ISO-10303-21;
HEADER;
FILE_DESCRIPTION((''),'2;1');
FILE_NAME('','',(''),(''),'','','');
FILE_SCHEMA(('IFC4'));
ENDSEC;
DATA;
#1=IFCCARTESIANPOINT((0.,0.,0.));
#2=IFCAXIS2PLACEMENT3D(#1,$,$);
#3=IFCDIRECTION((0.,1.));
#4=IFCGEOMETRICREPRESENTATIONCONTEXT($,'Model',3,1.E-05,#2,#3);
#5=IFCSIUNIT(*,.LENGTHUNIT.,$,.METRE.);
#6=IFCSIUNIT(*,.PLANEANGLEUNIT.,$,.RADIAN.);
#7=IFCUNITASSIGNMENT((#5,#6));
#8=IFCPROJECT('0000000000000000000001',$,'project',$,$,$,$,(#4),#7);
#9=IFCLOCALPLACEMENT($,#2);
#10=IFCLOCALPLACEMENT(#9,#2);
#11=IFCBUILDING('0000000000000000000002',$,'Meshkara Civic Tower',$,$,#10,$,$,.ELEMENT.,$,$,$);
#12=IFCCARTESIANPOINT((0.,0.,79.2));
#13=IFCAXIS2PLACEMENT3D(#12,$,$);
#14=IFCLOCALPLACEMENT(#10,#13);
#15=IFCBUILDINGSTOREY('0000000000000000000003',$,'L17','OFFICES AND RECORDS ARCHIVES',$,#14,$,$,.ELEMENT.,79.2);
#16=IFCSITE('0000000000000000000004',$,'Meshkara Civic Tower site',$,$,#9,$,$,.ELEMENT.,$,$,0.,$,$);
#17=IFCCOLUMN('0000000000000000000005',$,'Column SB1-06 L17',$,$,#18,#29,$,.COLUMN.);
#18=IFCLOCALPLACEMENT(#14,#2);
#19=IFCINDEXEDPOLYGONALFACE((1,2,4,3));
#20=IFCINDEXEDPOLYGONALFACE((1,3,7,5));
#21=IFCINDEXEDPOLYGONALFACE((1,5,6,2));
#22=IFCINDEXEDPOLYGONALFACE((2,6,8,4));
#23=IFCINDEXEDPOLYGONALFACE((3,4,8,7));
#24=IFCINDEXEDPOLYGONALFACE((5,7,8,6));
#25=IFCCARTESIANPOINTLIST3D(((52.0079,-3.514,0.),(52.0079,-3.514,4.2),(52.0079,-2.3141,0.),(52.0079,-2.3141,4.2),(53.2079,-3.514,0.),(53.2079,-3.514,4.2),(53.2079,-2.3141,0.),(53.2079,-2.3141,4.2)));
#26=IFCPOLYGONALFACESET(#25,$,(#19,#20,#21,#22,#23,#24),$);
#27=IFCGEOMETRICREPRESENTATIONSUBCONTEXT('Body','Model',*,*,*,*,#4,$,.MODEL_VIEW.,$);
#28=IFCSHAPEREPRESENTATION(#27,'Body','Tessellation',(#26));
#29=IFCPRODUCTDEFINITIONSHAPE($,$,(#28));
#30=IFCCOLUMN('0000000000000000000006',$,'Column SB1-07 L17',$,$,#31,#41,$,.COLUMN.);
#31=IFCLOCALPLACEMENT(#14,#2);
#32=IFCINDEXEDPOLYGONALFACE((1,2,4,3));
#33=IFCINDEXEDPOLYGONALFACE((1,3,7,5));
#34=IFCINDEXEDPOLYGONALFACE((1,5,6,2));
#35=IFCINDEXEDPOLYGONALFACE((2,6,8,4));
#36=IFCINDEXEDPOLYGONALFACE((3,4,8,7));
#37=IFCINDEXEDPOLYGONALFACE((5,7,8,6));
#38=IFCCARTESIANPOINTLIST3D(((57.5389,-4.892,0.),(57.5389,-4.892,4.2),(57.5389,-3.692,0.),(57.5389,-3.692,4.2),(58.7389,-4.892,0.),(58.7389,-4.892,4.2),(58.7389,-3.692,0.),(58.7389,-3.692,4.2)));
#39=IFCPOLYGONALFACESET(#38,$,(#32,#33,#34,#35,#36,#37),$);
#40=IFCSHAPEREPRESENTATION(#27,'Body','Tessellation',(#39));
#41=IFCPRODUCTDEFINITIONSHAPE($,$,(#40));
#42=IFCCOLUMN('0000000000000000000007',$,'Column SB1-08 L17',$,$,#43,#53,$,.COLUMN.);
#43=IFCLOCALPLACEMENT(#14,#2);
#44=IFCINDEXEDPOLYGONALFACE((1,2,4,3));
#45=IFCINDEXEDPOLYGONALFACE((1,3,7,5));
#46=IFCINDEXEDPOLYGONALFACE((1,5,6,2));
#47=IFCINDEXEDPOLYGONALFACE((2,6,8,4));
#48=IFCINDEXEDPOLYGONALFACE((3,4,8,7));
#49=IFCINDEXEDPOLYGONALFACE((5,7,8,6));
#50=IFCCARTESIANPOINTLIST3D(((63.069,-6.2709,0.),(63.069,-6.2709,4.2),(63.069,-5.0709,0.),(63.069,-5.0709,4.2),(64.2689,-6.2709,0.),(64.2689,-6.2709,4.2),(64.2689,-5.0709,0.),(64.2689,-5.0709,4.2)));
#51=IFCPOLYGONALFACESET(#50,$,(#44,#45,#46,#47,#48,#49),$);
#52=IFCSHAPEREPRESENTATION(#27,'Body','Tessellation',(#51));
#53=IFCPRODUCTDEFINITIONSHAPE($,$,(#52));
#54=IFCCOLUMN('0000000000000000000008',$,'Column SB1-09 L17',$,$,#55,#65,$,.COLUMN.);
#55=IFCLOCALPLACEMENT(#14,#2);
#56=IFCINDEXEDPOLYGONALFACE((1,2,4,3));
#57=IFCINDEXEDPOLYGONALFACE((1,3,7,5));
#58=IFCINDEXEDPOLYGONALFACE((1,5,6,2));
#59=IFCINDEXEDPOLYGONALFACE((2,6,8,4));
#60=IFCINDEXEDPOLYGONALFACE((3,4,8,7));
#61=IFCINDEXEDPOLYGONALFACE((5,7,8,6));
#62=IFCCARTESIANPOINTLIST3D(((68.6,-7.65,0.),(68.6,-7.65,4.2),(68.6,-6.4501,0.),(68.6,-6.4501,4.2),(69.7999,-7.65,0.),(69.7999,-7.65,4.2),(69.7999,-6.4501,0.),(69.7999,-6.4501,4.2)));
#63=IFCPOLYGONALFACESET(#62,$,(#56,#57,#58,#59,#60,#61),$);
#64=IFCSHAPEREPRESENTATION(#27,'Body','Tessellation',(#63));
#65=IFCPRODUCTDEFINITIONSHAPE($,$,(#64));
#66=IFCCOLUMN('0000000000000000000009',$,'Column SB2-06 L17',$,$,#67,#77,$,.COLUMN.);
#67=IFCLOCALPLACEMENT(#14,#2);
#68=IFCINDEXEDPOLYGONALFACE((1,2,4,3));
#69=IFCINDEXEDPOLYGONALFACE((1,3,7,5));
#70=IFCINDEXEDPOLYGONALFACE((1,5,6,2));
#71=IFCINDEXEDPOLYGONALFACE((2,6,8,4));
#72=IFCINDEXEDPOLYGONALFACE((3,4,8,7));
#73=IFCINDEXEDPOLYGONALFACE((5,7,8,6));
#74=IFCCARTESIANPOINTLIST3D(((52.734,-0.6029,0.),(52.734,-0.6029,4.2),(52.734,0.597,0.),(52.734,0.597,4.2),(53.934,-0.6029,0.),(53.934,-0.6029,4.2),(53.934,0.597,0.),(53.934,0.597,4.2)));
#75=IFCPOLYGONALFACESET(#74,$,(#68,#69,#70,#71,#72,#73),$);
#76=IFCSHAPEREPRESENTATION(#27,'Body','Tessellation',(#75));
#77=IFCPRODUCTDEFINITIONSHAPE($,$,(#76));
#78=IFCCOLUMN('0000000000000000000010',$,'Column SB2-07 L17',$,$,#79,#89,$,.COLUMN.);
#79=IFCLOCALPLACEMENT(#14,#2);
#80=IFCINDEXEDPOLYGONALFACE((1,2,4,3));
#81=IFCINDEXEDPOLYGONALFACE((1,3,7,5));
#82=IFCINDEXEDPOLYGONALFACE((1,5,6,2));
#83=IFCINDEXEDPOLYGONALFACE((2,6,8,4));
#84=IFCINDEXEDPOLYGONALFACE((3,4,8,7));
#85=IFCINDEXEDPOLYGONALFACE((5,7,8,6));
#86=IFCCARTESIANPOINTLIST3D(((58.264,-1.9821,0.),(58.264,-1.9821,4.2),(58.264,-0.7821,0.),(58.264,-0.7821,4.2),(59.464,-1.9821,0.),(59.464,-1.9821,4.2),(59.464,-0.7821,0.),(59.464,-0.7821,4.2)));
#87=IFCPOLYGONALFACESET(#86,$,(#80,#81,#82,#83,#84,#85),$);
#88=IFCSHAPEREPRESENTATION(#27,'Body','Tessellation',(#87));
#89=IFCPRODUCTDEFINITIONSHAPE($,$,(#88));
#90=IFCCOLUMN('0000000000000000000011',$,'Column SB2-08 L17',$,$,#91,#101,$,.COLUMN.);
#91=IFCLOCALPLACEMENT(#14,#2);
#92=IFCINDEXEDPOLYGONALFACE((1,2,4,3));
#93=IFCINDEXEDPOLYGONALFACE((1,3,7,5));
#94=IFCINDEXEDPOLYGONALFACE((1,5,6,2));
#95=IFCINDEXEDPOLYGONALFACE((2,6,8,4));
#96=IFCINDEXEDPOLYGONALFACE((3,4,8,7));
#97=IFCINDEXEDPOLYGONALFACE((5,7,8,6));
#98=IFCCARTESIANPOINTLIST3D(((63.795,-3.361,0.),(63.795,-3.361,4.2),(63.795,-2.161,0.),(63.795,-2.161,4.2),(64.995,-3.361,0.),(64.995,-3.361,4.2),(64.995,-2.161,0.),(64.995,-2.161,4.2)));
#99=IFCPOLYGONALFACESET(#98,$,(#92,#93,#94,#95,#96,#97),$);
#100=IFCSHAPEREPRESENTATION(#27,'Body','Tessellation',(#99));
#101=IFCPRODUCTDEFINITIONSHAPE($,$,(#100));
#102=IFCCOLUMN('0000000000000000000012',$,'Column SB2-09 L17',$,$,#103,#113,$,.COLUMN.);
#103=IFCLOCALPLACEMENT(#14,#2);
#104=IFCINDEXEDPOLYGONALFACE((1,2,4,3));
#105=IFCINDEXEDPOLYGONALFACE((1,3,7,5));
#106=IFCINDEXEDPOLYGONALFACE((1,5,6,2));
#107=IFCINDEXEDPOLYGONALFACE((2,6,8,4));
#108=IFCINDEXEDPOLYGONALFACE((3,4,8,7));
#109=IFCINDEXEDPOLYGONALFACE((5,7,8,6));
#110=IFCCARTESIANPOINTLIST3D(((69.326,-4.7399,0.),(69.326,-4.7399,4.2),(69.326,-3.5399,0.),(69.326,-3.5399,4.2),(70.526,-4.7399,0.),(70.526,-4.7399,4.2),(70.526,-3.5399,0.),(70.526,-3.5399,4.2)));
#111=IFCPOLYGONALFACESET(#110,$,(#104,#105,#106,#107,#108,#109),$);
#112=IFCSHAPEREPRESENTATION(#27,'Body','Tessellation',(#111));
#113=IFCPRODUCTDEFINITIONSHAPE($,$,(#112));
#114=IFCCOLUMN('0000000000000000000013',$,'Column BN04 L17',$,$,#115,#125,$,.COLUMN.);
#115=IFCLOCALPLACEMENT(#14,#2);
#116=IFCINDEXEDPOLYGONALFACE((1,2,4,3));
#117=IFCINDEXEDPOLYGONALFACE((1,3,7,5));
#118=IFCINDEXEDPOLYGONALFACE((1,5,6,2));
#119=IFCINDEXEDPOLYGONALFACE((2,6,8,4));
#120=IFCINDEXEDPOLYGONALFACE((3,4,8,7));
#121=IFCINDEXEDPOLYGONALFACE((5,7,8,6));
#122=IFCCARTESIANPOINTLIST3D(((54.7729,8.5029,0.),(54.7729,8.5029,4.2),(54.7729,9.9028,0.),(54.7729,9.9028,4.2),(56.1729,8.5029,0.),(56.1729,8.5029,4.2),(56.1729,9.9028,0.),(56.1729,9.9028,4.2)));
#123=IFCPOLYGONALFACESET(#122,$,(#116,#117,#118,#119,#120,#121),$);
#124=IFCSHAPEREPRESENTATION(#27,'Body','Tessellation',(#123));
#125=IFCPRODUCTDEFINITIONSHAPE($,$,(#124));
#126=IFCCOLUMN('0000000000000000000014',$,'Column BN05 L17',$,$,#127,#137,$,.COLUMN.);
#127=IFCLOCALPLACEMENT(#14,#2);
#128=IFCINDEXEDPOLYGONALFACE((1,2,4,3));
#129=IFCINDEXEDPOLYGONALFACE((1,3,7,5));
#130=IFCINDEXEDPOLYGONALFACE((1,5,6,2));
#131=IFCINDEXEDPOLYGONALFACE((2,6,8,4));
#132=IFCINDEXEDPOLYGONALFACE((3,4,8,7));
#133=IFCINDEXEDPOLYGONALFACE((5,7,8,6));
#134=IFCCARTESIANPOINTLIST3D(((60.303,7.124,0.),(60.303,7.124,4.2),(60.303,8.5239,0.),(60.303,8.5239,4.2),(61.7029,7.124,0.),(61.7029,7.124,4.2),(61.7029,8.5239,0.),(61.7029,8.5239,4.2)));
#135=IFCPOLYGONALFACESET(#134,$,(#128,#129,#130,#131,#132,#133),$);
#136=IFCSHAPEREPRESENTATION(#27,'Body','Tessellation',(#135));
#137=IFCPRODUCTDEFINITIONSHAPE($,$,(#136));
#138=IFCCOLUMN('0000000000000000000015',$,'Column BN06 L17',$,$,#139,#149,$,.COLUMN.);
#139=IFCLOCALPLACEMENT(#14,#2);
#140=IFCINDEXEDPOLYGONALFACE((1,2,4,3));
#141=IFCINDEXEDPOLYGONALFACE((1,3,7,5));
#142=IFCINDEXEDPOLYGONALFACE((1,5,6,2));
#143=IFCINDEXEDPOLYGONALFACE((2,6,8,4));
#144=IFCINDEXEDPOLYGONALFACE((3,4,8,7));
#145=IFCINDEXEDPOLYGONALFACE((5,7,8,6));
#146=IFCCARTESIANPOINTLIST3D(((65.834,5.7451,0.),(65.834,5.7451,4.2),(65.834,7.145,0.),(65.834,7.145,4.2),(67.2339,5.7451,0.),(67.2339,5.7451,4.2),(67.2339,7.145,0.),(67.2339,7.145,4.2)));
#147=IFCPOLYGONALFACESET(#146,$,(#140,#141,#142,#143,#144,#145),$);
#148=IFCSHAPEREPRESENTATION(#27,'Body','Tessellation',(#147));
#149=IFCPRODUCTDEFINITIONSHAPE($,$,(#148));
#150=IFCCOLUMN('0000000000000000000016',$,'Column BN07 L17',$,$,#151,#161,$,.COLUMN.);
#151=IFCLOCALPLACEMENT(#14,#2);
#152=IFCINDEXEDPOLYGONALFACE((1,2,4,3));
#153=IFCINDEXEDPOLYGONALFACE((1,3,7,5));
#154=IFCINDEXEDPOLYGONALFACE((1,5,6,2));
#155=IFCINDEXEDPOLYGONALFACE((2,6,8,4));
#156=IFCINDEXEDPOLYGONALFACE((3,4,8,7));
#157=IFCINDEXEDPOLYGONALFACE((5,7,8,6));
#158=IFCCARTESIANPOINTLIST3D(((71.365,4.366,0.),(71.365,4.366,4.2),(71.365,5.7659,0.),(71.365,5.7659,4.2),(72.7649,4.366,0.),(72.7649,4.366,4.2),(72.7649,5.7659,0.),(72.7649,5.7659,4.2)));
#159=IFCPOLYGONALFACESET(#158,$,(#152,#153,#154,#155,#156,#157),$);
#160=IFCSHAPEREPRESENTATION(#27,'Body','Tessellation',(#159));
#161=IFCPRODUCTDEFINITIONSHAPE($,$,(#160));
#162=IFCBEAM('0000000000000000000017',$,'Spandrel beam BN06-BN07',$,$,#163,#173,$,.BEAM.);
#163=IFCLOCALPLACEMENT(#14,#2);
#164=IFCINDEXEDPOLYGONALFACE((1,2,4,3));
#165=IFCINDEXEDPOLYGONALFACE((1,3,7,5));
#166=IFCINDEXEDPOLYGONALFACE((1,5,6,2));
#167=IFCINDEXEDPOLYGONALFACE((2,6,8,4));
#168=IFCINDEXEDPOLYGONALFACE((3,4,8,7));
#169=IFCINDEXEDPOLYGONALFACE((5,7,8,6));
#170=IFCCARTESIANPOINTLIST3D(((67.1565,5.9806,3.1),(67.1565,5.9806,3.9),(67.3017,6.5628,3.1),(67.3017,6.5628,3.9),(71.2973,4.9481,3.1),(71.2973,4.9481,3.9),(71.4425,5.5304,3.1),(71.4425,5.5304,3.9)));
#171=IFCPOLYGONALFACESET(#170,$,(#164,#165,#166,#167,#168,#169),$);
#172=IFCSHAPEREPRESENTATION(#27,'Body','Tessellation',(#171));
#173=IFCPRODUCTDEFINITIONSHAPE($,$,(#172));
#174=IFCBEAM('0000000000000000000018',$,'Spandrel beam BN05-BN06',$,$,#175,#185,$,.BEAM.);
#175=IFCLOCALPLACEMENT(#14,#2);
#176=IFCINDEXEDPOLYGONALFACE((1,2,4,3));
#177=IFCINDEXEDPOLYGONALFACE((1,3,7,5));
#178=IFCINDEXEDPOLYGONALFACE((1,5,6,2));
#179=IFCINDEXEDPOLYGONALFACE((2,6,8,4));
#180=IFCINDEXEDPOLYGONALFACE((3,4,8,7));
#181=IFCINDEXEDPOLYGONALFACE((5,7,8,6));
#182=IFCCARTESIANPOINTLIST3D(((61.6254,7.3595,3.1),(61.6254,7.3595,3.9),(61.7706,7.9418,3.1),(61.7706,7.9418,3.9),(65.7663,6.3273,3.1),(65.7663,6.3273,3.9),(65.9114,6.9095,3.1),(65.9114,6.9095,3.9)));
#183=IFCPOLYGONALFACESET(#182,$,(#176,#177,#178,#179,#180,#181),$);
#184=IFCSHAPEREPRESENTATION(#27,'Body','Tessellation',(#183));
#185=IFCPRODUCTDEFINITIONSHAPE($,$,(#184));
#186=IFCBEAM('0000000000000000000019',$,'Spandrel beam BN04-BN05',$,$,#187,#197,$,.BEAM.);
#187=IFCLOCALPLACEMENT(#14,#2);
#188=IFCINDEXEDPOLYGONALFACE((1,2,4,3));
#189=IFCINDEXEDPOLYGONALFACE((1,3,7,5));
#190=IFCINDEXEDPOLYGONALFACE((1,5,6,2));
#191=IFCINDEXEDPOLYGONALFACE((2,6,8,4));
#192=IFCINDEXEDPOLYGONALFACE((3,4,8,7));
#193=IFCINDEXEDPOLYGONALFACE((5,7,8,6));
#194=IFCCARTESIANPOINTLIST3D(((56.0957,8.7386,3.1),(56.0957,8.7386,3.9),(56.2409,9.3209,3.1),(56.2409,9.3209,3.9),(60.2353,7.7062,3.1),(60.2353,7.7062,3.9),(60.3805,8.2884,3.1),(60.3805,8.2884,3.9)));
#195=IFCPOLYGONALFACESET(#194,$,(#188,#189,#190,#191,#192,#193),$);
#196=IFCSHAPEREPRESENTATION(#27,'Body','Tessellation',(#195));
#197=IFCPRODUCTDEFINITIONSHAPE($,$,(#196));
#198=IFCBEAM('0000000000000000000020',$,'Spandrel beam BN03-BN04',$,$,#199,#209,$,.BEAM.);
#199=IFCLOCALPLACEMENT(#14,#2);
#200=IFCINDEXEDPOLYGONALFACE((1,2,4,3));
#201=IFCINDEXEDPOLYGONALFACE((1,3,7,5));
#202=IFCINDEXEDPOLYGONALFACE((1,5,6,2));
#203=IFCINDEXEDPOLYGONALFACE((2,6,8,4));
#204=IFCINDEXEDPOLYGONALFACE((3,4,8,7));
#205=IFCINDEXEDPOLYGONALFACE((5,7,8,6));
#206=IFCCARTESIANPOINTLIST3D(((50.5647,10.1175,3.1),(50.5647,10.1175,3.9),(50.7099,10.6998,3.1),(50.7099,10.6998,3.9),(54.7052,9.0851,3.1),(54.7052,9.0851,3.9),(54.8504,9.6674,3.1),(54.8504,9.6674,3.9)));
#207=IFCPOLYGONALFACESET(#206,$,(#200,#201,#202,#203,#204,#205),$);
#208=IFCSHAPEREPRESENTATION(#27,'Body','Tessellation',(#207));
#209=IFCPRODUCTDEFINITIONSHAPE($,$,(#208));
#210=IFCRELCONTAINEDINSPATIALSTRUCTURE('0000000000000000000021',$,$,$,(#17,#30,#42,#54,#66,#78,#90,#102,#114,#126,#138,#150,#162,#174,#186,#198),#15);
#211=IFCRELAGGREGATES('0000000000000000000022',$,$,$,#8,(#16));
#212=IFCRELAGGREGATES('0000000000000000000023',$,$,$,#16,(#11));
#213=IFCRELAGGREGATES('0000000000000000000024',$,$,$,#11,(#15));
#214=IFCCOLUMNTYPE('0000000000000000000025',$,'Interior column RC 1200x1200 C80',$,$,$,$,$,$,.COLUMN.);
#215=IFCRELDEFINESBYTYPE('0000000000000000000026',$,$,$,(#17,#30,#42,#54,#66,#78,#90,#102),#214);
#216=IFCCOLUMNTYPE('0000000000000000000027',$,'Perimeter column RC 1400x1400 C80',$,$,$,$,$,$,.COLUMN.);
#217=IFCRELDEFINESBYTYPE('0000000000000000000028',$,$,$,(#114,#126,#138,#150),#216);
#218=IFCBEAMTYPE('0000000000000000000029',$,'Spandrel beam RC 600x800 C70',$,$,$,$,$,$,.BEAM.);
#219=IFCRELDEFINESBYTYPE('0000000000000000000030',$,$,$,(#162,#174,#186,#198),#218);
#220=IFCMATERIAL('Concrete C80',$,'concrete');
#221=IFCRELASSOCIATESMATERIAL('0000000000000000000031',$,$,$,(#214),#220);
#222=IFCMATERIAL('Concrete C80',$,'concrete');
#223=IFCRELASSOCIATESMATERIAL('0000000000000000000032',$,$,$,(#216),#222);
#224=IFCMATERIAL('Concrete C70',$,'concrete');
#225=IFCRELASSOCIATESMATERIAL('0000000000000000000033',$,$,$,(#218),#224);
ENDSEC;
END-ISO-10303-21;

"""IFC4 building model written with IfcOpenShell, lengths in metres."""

from ifc_helpers import new_model, si_unit, direction, frame, origin, origin_2d, place, context, subcontext, project, spatial, rectangle, extrude, material, material_profile, profile_set, type_object, element, save


model = new_model("IFC4")

# Units and contexts
model_context = context("Model", 3, precision=1e-05, world=origin(), true_north=direction((0.0, 1.0)))
body_context = subcontext(model_context, "Body", "Model", "MODEL_VIEW")
ifc_project = project(units=[si_unit("LENGTHUNIT", "METRE"), si_unit("PLANEANGLEUNIT", "RADIAN")], contexts=[model_context])

# Site, building, storey
site_placement = place(None, origin())
site = spatial("IfcSite", under=ifc_project, at=site_placement, Name="Meshkara Civic Tower site", CompositionType="ELEMENT", RefElevation=0.0)
building_placement = place(site_placement, origin())
building = spatial("IfcBuilding", under=site, at=building_placement, Name="Meshkara Civic Tower", CompositionType="ELEMENT")
storey_placement = place(building_placement, frame((0.0, 0.0, 79.2)))
storey = spatial("IfcBuildingStorey", under=building, at=storey_placement, Name="L17", Description="OFFICES AND RECORDS ARCHIVES", CompositionType="ELEMENT", Elevation=79.2)

# Columns
ifc_material_1 = material(Name="Concrete C80", Category="concrete")
ifc_material_profile_1 = material_profile(ifc_material_1, rectangle(XDim=1.2, YDim=1.2, at=origin_2d()))
ifc_profile_set_1 = profile_set([ifc_material_profile_1], Name="Concrete C80")
column_type_1 = type_object("IfcColumnType", Name="Interior column RC 1200x1200 C80", PredefinedType="COLUMN", material=ifc_profile_set_1)
for number, where, z_axis, x_axis, name in (
    (1, (52.6079, -2.9141, 0.0), (0.0, 0.0, 1.0), (1.0, 0.0, 0.0), "Column SB1-06 L17"),
    (2, (58.1389, -4.292, 0.0), (0.0, 0.0, 1.0), (1.0, 0.0, 0.0), "Column SB1-07 L17"),
    (3, (63.6689, -5.6709, 0.0), (0.0, 0.0, 1.0), (1.0, 0.0, 0.0), "Column SB1-08 L17"),
    (4, (69.2, -7.05, 0.0), (0.0, 0.0, 1.0), (1.0, 0.0, 0.0), "Column SB1-09 L17"),
    (5, (53.334, -0.0029, 0.0), (0.0, 0.0, 1.0), (1.0, 0.0, 0.0), "Column SB2-06 L17"),
    (6, (58.864, -1.3821, 0.0), (0.0, 0.0, 1.0), (1.0, 0.0, 0.0), "Column SB2-07 L17"),
    (7, (64.395, -2.761, 0.0), (0.0, 0.0, 1.0), (1.0, 0.0, 0.0), "Column SB2-08 L17"),
    (8, (69.926, -4.1399, 0.0), (0.0, 0.0, 1.0), (1.0, 0.0, 0.0), "Column SB2-09 L17"),
):
    element("IfcColumn", number, at=place(storey_placement, frame(where, z_axis=z_axis, x_axis=x_axis)), inside=storey, type_object=column_type_1, Name=name, PredefinedType="COLUMN", context=body_context, shape_type="SweptSolid", body=[
        extrude(rectangle(XDim=1.2, YDim=1.2, at=origin_2d()), origin(), (0.0, 0.0, 1.0), 4.2),
    ])
ifc_material_2 = material(Name="Concrete C80", Category="concrete")
ifc_material_profile_2 = material_profile(ifc_material_2, rectangle(XDim=1.3999, YDim=1.3999, at=origin_2d()))
ifc_profile_set_2 = profile_set([ifc_material_profile_2], Name="Concrete C80")
column_type_2 = type_object("IfcColumnType", Name="Perimeter column RC 1400x1400 C80", PredefinedType="COLUMN", material=ifc_profile_set_2)
for number, where, z_axis, x_axis, name in (
    (9, (55.4729, 9.2029, 0.0), (0.0, 0.0, 1.0), (1.0, 0.0, 0.0), "Column BN04 L17"),
    (10, (61.0029, 7.824, 0.0), (0.0, 0.0, 1.0), (1.0, 0.0, 0.0), "Column BN05 L17"),
    (11, (66.5339, 6.4451, 0.0), (0.0, 0.0, 1.0), (1.0, 0.0, 0.0), "Column BN06 L17"),
    (12, (72.0649, 5.0659, 0.0), (0.0, 0.0, 1.0), (1.0, 0.0, 0.0), "Column BN07 L17"),
):
    element("IfcColumn", number, at=place(storey_placement, frame(where, z_axis=z_axis, x_axis=x_axis)), inside=storey, type_object=column_type_2, Name=name, PredefinedType="COLUMN", context=body_context, shape_type="SweptSolid", body=[
        extrude(rectangle(XDim=1.3999, YDim=1.3999, at=origin_2d()), origin(), (0.0, 0.0, 1.0), 4.2),
    ])

# Beams
ifc_material_3 = material(Name="Concrete C70", Category="concrete")
ifc_material_profile_3 = material_profile(ifc_material_3, rectangle(XDim=0.6001, YDim=0.8, at=origin_2d()))
ifc_profile_set_3 = profile_set([ifc_material_profile_3], Name="Concrete C70")
beam_type = type_object("IfcBeamType", Name="Spandrel beam RC 600x800 C70", PredefinedType="BEAM", material=ifc_profile_set_3)
for number, where, z_axis, x_axis, name in (
    (13, (71.3699, 5.2393, 3.5), (-0.970294, 0.24193, 0.0), (-0.24193, -0.970294, 0.0), "Spandrel beam BN06-BN07"),
    (14, (65.8389, 6.6184, 3.5), (-0.970307, 0.241876, 0.0), (-0.241876, -0.970307, 0.0), "Spandrel beam BN05-BN06"),
):
    element("IfcBeam", number, at=place(storey_placement, frame(where, z_axis=z_axis, x_axis=x_axis)), inside=storey, type_object=beam_type, Name=name, PredefinedType="BEAM", context=body_context, shape_type="SweptSolid", body=[
        extrude(rectangle(XDim=0.6001, YDim=0.8, at=origin_2d()), origin(), (0.0, 0.0, 1.0), 4.2676),
    ])
beam_1_placement = place(storey_placement, frame((60.3079, 7.9973, 3.5), z_axis=(-0.970277, 0.241997, 0.0), x_axis=(-0.241997, -0.970277, 0.0)))
element("IfcBeam", 15, at=beam_1_placement, inside=storey, type_object=beam_type, Name="Spandrel beam BN04-BN05", PredefinedType="BEAM", context=body_context, shape_type="SweptSolid", body=[
    extrude(rectangle(XDim=0.6001, YDim=0.8, at=origin_2d()), origin(), (0.0, 0.0, 1.0), 4.2664),
])
beam_2_placement = place(storey_placement, frame((54.7778, 9.3762, 3.5), z_axis=(-0.97029, 0.241943, 0.0), x_axis=(-0.241943, -0.97029, 0.0)))
element("IfcBeam", 16, at=beam_2_placement, inside=storey, type_object=beam_type, Name="Spandrel beam BN03-BN04", PredefinedType="BEAM", context=body_context, shape_type="SweptSolid", body=[
    extrude(rectangle(XDim=0.6001, YDim=0.8, at=origin_2d()), origin(), (0.0, 0.0, 1.0), 4.2673),
])

save(model, "model.ifc")
